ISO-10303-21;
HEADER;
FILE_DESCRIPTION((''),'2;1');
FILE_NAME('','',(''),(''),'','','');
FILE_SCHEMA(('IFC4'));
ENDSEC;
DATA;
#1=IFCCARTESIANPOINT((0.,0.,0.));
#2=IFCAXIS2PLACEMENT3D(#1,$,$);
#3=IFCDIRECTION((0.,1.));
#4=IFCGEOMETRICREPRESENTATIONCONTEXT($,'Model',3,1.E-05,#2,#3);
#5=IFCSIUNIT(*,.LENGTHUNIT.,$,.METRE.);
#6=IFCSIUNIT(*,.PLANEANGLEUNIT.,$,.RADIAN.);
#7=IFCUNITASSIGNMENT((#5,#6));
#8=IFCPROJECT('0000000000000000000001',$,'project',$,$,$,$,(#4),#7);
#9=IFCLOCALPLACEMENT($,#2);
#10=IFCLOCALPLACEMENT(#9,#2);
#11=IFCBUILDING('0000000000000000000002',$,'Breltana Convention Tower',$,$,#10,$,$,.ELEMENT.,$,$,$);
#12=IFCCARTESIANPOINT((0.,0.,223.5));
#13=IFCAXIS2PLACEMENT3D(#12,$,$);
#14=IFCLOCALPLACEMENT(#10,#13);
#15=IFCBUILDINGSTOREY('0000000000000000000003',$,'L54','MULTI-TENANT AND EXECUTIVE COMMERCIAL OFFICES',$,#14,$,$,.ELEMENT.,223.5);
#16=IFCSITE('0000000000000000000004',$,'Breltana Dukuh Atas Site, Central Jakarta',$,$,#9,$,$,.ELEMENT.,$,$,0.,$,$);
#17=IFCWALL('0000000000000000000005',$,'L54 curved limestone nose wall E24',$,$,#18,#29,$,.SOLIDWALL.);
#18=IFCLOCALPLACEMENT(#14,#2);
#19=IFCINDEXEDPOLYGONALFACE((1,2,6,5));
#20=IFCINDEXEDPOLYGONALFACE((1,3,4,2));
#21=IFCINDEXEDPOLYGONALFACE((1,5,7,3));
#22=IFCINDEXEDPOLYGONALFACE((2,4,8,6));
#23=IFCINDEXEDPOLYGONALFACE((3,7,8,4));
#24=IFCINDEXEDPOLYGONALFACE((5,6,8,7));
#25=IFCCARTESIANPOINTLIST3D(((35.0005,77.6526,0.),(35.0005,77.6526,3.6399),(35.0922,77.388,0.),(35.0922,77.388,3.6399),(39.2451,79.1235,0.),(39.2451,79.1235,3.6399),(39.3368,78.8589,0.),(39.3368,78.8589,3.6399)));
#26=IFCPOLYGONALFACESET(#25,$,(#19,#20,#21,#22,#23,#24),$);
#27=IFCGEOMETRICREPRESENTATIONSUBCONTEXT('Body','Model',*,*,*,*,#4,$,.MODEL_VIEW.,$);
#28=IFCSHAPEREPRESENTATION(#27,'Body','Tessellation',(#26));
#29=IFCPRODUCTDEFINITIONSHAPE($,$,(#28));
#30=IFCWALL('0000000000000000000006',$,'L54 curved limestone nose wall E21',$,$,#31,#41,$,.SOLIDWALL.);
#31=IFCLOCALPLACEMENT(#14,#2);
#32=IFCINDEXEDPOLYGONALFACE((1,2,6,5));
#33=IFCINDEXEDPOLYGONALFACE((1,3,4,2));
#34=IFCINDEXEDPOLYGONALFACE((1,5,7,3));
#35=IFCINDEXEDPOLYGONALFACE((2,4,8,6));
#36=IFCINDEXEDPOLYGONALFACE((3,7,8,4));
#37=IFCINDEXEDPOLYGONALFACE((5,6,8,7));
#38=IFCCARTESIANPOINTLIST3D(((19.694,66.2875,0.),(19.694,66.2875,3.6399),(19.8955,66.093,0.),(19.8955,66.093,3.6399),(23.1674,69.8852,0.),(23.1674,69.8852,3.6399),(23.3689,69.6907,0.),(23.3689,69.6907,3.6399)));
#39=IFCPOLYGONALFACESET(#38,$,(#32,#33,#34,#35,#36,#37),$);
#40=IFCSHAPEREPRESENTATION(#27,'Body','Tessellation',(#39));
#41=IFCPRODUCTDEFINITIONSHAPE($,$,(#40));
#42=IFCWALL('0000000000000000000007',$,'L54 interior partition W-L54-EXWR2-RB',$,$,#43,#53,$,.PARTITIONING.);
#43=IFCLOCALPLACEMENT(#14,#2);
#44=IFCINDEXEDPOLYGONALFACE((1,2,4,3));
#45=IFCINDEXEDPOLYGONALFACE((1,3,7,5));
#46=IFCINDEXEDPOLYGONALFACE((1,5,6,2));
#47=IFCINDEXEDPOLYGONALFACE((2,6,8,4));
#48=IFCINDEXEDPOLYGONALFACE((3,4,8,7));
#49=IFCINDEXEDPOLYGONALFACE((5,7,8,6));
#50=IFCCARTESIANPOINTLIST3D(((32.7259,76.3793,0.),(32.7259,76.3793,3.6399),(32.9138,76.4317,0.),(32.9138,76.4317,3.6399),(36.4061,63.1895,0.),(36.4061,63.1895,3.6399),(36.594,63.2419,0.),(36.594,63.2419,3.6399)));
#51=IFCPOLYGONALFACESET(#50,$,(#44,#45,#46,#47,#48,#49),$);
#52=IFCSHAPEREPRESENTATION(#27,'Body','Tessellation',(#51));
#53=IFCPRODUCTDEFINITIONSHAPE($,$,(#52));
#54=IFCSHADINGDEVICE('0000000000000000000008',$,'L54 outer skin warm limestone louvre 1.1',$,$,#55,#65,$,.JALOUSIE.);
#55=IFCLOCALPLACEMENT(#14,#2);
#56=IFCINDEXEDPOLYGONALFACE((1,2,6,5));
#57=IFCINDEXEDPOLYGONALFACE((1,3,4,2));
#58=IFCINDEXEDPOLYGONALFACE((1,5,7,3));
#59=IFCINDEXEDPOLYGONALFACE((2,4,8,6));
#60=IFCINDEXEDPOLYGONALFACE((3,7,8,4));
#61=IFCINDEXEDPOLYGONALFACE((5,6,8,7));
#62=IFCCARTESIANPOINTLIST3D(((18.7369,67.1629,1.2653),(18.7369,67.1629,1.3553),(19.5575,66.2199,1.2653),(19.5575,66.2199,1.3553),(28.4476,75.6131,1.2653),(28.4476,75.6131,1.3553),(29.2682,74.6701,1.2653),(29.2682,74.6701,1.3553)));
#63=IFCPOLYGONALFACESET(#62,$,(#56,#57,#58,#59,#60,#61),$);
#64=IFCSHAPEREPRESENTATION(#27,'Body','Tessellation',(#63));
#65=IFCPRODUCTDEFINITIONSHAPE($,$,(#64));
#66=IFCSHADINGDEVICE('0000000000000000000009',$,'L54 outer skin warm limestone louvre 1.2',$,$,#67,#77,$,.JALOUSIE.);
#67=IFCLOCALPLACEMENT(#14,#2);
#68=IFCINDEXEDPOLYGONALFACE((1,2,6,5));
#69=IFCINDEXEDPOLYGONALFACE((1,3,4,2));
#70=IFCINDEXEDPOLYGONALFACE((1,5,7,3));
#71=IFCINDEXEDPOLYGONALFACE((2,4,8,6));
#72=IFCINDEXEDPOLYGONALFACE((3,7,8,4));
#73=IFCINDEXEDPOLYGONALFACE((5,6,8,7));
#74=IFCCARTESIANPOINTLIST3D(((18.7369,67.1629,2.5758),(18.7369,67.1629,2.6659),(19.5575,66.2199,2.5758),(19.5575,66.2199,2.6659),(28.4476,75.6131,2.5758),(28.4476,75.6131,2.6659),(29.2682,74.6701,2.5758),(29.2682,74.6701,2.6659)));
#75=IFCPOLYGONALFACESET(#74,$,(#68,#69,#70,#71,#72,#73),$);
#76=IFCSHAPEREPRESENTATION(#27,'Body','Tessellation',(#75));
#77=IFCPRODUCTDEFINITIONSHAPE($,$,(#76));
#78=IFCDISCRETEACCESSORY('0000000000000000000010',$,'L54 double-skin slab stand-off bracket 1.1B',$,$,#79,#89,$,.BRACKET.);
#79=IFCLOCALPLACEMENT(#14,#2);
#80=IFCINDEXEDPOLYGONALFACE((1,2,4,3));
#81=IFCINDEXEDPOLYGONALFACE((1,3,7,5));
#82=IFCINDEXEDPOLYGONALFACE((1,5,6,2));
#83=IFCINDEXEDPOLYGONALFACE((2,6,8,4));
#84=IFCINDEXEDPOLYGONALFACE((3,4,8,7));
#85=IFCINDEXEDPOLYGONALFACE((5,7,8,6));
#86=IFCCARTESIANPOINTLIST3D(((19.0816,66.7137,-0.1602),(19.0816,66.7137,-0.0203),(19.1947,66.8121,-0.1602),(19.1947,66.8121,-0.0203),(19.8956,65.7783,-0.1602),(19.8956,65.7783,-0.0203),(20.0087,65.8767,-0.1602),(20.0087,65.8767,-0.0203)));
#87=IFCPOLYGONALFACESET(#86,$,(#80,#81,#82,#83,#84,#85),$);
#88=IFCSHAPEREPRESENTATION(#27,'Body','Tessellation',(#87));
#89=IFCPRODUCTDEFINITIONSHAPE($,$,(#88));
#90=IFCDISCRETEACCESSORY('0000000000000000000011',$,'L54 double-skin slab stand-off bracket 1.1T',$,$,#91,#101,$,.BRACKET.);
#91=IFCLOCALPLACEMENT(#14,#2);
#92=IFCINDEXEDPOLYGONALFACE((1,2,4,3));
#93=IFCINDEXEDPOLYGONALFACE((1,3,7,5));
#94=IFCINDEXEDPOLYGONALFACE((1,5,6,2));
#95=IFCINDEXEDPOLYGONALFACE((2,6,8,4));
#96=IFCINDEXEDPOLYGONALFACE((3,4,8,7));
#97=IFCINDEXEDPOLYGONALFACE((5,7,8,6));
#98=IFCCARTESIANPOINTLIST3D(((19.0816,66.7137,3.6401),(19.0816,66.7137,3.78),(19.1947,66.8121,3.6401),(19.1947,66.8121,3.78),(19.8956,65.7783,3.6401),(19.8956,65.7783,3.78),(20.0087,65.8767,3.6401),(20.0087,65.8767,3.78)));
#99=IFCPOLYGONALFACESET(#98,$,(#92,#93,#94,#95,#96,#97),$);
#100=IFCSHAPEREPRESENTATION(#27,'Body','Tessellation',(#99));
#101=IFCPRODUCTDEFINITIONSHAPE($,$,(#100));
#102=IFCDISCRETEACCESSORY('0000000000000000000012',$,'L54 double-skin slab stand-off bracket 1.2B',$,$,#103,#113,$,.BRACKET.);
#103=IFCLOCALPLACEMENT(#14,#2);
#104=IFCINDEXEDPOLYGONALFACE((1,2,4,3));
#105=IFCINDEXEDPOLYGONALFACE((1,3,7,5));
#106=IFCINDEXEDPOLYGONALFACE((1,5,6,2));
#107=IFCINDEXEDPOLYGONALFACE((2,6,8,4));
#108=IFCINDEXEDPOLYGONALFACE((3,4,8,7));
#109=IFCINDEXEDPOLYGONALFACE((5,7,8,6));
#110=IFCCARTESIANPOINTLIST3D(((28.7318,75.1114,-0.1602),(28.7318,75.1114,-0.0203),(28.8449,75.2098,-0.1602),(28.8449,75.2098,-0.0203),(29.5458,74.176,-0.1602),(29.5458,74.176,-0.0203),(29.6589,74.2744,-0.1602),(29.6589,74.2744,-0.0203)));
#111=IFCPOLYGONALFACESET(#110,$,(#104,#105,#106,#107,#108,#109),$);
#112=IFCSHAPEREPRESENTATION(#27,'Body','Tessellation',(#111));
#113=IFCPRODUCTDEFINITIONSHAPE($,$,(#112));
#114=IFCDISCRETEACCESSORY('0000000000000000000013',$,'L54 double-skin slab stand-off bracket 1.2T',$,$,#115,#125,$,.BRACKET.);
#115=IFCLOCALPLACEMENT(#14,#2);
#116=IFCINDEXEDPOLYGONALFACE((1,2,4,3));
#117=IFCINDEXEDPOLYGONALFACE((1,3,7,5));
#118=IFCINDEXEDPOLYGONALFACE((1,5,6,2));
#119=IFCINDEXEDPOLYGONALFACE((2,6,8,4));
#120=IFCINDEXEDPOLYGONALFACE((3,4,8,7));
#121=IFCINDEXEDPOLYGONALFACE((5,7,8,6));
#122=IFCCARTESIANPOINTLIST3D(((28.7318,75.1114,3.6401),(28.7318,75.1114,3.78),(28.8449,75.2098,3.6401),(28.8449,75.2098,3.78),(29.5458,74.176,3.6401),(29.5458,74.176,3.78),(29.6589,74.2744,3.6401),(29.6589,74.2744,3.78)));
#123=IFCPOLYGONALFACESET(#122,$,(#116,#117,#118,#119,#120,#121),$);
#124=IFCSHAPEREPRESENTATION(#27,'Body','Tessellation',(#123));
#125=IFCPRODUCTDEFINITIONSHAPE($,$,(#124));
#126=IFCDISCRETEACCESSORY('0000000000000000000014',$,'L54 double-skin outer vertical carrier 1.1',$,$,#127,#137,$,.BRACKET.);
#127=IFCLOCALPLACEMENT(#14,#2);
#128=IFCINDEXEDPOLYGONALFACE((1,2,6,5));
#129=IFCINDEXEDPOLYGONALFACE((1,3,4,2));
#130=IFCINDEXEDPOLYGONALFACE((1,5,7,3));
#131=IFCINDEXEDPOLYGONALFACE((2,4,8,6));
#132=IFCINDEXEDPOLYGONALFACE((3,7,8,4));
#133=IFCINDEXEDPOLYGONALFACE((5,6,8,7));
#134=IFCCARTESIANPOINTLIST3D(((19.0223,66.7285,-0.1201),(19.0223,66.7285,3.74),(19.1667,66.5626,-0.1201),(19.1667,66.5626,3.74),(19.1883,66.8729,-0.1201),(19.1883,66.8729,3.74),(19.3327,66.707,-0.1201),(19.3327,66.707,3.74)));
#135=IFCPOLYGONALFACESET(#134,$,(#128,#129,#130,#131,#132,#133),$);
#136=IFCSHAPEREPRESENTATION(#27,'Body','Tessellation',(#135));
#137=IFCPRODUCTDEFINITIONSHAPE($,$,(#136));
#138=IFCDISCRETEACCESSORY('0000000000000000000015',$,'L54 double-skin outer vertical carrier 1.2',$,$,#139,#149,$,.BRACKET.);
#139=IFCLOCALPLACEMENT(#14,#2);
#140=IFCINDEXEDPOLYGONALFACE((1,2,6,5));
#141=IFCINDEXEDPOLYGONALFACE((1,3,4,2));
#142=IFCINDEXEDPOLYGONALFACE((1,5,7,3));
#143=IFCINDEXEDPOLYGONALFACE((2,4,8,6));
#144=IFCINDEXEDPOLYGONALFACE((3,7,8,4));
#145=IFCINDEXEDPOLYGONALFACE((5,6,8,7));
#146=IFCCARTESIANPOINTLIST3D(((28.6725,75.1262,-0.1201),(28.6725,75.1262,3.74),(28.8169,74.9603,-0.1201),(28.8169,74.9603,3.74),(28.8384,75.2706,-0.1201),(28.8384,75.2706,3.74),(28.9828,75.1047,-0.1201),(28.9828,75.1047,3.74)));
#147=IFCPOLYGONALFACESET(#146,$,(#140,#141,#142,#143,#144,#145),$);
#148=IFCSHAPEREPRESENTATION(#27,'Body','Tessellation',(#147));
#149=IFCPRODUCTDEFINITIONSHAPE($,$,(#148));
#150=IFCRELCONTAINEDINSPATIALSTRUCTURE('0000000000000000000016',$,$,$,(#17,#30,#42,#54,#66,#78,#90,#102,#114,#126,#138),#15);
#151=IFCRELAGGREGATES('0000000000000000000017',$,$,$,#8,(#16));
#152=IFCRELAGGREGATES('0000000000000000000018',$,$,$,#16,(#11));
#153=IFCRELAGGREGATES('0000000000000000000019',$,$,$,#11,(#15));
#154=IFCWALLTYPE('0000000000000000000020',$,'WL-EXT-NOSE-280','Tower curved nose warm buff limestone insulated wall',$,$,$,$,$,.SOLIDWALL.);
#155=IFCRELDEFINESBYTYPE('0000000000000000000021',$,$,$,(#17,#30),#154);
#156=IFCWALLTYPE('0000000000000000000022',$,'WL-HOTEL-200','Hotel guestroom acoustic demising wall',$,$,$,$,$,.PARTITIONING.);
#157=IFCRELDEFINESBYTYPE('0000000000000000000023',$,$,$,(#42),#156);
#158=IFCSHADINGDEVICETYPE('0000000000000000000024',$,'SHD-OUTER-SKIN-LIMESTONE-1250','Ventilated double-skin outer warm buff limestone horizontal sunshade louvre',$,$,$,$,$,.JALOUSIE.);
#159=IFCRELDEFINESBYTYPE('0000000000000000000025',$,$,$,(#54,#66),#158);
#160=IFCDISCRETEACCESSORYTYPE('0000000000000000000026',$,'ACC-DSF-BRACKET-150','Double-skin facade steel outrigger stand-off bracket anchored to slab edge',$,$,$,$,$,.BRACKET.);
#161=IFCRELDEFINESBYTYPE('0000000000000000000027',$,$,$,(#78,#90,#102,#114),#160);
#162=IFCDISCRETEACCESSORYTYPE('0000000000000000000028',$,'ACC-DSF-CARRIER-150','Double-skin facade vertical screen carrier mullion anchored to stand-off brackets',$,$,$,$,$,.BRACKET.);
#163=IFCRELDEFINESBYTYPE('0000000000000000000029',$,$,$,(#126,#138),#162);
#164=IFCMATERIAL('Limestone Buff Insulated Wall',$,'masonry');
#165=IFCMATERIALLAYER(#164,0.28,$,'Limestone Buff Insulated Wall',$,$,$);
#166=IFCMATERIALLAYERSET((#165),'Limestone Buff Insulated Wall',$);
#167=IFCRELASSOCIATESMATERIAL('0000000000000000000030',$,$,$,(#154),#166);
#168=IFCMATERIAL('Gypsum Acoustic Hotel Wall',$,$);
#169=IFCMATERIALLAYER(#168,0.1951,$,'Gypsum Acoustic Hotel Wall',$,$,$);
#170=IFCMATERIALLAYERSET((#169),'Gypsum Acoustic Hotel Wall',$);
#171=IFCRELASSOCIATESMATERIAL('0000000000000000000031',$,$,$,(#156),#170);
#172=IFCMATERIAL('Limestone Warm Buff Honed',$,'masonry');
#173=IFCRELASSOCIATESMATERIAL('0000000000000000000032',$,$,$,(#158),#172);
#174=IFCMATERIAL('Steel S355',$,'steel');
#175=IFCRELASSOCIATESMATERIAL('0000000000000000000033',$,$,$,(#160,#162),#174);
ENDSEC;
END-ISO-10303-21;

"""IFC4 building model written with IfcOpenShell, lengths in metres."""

from ifc_helpers import new_model, si_unit, direction, frame, frame_2d, origin, origin_2d, place, context, subcontext, project, spatial, rectangle, extrude, source, transform, mapped, material, layer, layer_set, material_profile, profile_set, type_object, type_shapes, element, save


model = new_model("IFC4")

# Units and contexts
model_context = context("Model", 3, precision=1e-05, world=origin(), true_north=direction((0.0, 1.0)))
body_context = subcontext(model_context, "Body", "Model", "MODEL_VIEW")
ifc_project = project(units=[si_unit("LENGTHUNIT", "METRE"), si_unit("PLANEANGLEUNIT", "RADIAN")], contexts=[model_context])

# Site, building, storey
site_placement = place(None, origin())
site = spatial("IfcSite", under=ifc_project, at=site_placement, Name="Breltana Dukuh Atas Site, Central Jakarta", CompositionType="ELEMENT", RefElevation=0.0)
building_placement = place(site_placement, origin())
building = spatial("IfcBuilding", under=site, at=building_placement, Name="Breltana Convention Tower", CompositionType="ELEMENT")
storey_placement = place(building_placement, frame((0.0, 0.0, 223.5)))
storey = spatial("IfcBuildingStorey", under=building, at=storey_placement, Name="L54", Description="MULTI-TENANT AND EXECUTIVE COMMERCIAL OFFICES", CompositionType="ELEMENT", Elevation=223.5)

# Walls
ifc_material_1 = material(Name="Limestone Buff Insulated Wall", Category="masonry")
ifc_layer_1 = layer(ifc_material_1, 0.28, Name="Limestone Buff Insulated Wall")
ifc_layer_set_1 = layer_set([ifc_layer_1], Name="Limestone Buff Insulated Wall")
wall_type_1 = type_object("IfcWallType", Name="WL-EXT-NOSE-280", Description="Tower curved nose warm buff limestone insulated wall", PredefinedType="SOLIDWALL", material=ifc_layer_set_1)
shared_shape_1 = source(origin(), body_context, "Body", "SweptSolid", [
    extrude(rectangle(XDim=4.4922, YDim=0.28, at=frame_2d((2.2461, 0.0))), origin(), (0.0, 0.0, 1.0), 3.6399),
])
wall_1_placement = place(storey_placement, frame((35.0464, 77.5203, 0.0), z_axis=(0.0, 0.0, 1.0), x_axis=(0.944872, 0.327439, 0.0)))
element("IfcWall", 1, at=wall_1_placement, inside=storey, type_object=wall_type_1, Name="L54 curved limestone nose wall E24", PredefinedType="SOLIDWALL", context=body_context, shape_type="MappedRepresentation", body=[
    mapped(shared_shape_1, transform((0.0, 0.0, 0.0), scale=1.0)),
])
shared_shape_2 = source(origin(), body_context, "Body", "SweptSolid", [
    extrude(rectangle(XDim=5.0007, YDim=0.28, at=frame_2d((2.5005, 0.0))), origin(), (0.0, 0.0, 1.0), 3.6399),
])
wall_2_placement = place(storey_placement, frame((19.7947, 66.1902, 0.0), z_axis=(0.0, 0.0, 1.0), x_axis=(0.694573, 0.719422, 0.0)))
element("IfcWall", 2, at=wall_2_placement, inside=storey, type_object=wall_type_1, Name="L54 curved limestone nose wall E21", PredefinedType="SOLIDWALL", context=body_context, shape_type="MappedRepresentation", body=[
    mapped(shared_shape_2, transform((0.0, 0.0, 0.0), scale=1.0)),
])
ifc_material_2 = material(Name="Gypsum Acoustic Hotel Wall")
ifc_layer_2 = layer(ifc_material_2, 0.1951, Name="Gypsum Acoustic Hotel Wall")
ifc_layer_set_2 = layer_set([ifc_layer_2], Name="Gypsum Acoustic Hotel Wall")
wall_type_2 = type_object("IfcWallType", Name="WL-HOTEL-200", Description="Hotel guestroom acoustic demising wall", PredefinedType="PARTITIONING", material=ifc_layer_set_2)
shared_shape_3 = source(origin(), body_context, "Body", "SweptSolid", [
    extrude(rectangle(XDim=13.6936, YDim=0.1951, at=frame_2d((6.8467, 0.0))), origin(), (0.0, 0.0, 1.0), 3.6399),
])
wall_3_placement = place(storey_placement, frame((36.5, 63.2158, 0.0), z_axis=(0.0, 0.0, 1.0), x_axis=(-0.268754, 0.963209, 0.0)))
element("IfcWall", 3, at=wall_3_placement, inside=storey, type_object=wall_type_2, Name="L54 interior partition W-L54-EXWR2-RB", PredefinedType="PARTITIONING", context=body_context, shape_type="MappedRepresentation", body=[
    mapped(shared_shape_3, transform((0.0, 0.0, 0.0), scale=1.0)),
])

# Shading devices
ifc_material_3 = material(Name="Limestone Warm Buff Honed", Category="masonry")
ifc_material_profile_1 = material_profile(ifc_material_3, rectangle(XDim=1.25, YDim=0.0901, at=origin_2d()), Name="STN-LVR-1250X90")
ifc_profile_set_1 = profile_set([ifc_material_profile_1], Name="Limestone Warm Buff Honed")
shading_device_type = type_object("IfcShadingDeviceType", Name="SHD-OUTER-SKIN-LIMESTONE-1250", Description="Ventilated double-skin outer warm buff limestone horizontal sunshade louvre", PredefinedType="JALOUSIE", material=ifc_profile_set_1)
shared_shape_4 = source(origin(), body_context, "Body", "SweptSolid", [
    extrude(rectangle(XDim=1.25, YDim=0.0901, at=origin_2d()), origin(), (0.0, 0.0, 1.0), 12.8726),
])
for number, where, z_axis, x_axis, name in (
    (4, (19.1472, 66.6914, 1.3103), (0.75437, 0.656449, 0.0), (-0.656449, 0.75437, 0.0), "L54 outer skin warm limestone louvre 1.1"),
    (5, (19.1472, 66.6914, 2.6208), (0.75437, 0.656449, 0.0), (-0.656449, 0.75437, 0.0), "L54 outer skin warm limestone louvre 1.2"),
):
    element("IfcShadingDevice", number, at=place(storey_placement, frame(where, z_axis=z_axis, x_axis=x_axis)), inside=storey, type_object=shading_device_type, Name=name, PredefinedType="JALOUSIE", context=body_context, shape_type="MappedRepresentation", body=[
        mapped(shared_shape_4, transform((0.0, 0.0, 0.0), scale=1.0)),
    ])

# Discrete accessories
ifc_material_4 = material(Name="Steel S355", Category="steel")
discrete_accessory_type_1 = type_object("IfcDiscreteAccessoryType", Name="ACC-DSF-BRACKET-150", Description="Double-skin facade steel outrigger stand-off bracket anchored to slab edge", PredefinedType="BRACKET", material=ifc_material_4)
shared_shape_5 = source(origin(), body_context, "Body", "SweptSolid", [
    extrude(rectangle(XDim=1.24, YDim=0.1499, at=origin_2d()), origin(), (0.0, 0.0, 1.0), 0.1399),
])
type_shapes(discrete_accessory_type_1, [shared_shape_5])
for number, where, z_axis, x_axis, name in (
    (6, (19.5452, 66.2952, -0.1602), (0.0, 0.0, 1.0), (-0.656452, 0.754368, 0.0), "L54 double-skin slab stand-off bracket 1.1B"),
    (7, (19.5452, 66.2952, 3.6401), (0.0, 0.0, 1.0), (-0.656452, 0.754368, 0.0), "L54 double-skin slab stand-off bracket 1.1T"),
    (8, (29.1953, 74.6929, -0.1602), (0.0, 0.0, 1.0), (-0.656452, 0.754368, 0.0), "L54 double-skin slab stand-off bracket 1.2B"),
    (9, (29.1953, 74.6929, 3.6401), (0.0, 0.0, 1.0), (-0.656452, 0.754368, 0.0), "L54 double-skin slab stand-off bracket 1.2T"),
):
    element("IfcDiscreteAccessory", number, at=place(storey_placement, frame(where, z_axis=z_axis, x_axis=x_axis)), inside=storey, type_object=discrete_accessory_type_1, Name=name, PredefinedType="BRACKET", context=body_context, shape_type="MappedRepresentation", body=[
        mapped(shared_shape_5, transform((0.0, 0.0, 0.0), scale=1.0)),
    ])
discrete_accessory_type_2 = type_object("IfcDiscreteAccessoryType", Name="ACC-DSF-CARRIER-150", Description="Double-skin facade vertical screen carrier mullion anchored to stand-off brackets", PredefinedType="BRACKET", material=ifc_material_4)
shared_shape_6 = source(origin(), body_context, "Body", "SweptSolid", [
    extrude(rectangle(XDim=0.22, YDim=0.22, at=origin_2d()), origin(), (0.0, 0.0, 1.0), 3.8601),
])
for number, where, z_axis, x_axis, name in (
    (10, (19.1775, 66.7178, -0.1201), (0.0, 0.0, 1.0), (-0.656452, 0.754368, 0.0), "L54 double-skin outer vertical carrier 1.1"),
    (11, (28.8276, 75.1155, -0.1201), (0.0, 0.0, 1.0), (-0.656452, 0.754368, 0.0), "L54 double-skin outer vertical carrier 1.2"),
):
    element("IfcDiscreteAccessory", number, at=place(storey_placement, frame(where, z_axis=z_axis, x_axis=x_axis)), inside=storey, type_object=discrete_accessory_type_2, Name=name, PredefinedType="BRACKET", context=body_context, shape_type="MappedRepresentation", body=[
        mapped(shared_shape_6, transform((0.0, 0.0, 0.0), scale=1.0)),
    ])

save(model, "model.ifc")
